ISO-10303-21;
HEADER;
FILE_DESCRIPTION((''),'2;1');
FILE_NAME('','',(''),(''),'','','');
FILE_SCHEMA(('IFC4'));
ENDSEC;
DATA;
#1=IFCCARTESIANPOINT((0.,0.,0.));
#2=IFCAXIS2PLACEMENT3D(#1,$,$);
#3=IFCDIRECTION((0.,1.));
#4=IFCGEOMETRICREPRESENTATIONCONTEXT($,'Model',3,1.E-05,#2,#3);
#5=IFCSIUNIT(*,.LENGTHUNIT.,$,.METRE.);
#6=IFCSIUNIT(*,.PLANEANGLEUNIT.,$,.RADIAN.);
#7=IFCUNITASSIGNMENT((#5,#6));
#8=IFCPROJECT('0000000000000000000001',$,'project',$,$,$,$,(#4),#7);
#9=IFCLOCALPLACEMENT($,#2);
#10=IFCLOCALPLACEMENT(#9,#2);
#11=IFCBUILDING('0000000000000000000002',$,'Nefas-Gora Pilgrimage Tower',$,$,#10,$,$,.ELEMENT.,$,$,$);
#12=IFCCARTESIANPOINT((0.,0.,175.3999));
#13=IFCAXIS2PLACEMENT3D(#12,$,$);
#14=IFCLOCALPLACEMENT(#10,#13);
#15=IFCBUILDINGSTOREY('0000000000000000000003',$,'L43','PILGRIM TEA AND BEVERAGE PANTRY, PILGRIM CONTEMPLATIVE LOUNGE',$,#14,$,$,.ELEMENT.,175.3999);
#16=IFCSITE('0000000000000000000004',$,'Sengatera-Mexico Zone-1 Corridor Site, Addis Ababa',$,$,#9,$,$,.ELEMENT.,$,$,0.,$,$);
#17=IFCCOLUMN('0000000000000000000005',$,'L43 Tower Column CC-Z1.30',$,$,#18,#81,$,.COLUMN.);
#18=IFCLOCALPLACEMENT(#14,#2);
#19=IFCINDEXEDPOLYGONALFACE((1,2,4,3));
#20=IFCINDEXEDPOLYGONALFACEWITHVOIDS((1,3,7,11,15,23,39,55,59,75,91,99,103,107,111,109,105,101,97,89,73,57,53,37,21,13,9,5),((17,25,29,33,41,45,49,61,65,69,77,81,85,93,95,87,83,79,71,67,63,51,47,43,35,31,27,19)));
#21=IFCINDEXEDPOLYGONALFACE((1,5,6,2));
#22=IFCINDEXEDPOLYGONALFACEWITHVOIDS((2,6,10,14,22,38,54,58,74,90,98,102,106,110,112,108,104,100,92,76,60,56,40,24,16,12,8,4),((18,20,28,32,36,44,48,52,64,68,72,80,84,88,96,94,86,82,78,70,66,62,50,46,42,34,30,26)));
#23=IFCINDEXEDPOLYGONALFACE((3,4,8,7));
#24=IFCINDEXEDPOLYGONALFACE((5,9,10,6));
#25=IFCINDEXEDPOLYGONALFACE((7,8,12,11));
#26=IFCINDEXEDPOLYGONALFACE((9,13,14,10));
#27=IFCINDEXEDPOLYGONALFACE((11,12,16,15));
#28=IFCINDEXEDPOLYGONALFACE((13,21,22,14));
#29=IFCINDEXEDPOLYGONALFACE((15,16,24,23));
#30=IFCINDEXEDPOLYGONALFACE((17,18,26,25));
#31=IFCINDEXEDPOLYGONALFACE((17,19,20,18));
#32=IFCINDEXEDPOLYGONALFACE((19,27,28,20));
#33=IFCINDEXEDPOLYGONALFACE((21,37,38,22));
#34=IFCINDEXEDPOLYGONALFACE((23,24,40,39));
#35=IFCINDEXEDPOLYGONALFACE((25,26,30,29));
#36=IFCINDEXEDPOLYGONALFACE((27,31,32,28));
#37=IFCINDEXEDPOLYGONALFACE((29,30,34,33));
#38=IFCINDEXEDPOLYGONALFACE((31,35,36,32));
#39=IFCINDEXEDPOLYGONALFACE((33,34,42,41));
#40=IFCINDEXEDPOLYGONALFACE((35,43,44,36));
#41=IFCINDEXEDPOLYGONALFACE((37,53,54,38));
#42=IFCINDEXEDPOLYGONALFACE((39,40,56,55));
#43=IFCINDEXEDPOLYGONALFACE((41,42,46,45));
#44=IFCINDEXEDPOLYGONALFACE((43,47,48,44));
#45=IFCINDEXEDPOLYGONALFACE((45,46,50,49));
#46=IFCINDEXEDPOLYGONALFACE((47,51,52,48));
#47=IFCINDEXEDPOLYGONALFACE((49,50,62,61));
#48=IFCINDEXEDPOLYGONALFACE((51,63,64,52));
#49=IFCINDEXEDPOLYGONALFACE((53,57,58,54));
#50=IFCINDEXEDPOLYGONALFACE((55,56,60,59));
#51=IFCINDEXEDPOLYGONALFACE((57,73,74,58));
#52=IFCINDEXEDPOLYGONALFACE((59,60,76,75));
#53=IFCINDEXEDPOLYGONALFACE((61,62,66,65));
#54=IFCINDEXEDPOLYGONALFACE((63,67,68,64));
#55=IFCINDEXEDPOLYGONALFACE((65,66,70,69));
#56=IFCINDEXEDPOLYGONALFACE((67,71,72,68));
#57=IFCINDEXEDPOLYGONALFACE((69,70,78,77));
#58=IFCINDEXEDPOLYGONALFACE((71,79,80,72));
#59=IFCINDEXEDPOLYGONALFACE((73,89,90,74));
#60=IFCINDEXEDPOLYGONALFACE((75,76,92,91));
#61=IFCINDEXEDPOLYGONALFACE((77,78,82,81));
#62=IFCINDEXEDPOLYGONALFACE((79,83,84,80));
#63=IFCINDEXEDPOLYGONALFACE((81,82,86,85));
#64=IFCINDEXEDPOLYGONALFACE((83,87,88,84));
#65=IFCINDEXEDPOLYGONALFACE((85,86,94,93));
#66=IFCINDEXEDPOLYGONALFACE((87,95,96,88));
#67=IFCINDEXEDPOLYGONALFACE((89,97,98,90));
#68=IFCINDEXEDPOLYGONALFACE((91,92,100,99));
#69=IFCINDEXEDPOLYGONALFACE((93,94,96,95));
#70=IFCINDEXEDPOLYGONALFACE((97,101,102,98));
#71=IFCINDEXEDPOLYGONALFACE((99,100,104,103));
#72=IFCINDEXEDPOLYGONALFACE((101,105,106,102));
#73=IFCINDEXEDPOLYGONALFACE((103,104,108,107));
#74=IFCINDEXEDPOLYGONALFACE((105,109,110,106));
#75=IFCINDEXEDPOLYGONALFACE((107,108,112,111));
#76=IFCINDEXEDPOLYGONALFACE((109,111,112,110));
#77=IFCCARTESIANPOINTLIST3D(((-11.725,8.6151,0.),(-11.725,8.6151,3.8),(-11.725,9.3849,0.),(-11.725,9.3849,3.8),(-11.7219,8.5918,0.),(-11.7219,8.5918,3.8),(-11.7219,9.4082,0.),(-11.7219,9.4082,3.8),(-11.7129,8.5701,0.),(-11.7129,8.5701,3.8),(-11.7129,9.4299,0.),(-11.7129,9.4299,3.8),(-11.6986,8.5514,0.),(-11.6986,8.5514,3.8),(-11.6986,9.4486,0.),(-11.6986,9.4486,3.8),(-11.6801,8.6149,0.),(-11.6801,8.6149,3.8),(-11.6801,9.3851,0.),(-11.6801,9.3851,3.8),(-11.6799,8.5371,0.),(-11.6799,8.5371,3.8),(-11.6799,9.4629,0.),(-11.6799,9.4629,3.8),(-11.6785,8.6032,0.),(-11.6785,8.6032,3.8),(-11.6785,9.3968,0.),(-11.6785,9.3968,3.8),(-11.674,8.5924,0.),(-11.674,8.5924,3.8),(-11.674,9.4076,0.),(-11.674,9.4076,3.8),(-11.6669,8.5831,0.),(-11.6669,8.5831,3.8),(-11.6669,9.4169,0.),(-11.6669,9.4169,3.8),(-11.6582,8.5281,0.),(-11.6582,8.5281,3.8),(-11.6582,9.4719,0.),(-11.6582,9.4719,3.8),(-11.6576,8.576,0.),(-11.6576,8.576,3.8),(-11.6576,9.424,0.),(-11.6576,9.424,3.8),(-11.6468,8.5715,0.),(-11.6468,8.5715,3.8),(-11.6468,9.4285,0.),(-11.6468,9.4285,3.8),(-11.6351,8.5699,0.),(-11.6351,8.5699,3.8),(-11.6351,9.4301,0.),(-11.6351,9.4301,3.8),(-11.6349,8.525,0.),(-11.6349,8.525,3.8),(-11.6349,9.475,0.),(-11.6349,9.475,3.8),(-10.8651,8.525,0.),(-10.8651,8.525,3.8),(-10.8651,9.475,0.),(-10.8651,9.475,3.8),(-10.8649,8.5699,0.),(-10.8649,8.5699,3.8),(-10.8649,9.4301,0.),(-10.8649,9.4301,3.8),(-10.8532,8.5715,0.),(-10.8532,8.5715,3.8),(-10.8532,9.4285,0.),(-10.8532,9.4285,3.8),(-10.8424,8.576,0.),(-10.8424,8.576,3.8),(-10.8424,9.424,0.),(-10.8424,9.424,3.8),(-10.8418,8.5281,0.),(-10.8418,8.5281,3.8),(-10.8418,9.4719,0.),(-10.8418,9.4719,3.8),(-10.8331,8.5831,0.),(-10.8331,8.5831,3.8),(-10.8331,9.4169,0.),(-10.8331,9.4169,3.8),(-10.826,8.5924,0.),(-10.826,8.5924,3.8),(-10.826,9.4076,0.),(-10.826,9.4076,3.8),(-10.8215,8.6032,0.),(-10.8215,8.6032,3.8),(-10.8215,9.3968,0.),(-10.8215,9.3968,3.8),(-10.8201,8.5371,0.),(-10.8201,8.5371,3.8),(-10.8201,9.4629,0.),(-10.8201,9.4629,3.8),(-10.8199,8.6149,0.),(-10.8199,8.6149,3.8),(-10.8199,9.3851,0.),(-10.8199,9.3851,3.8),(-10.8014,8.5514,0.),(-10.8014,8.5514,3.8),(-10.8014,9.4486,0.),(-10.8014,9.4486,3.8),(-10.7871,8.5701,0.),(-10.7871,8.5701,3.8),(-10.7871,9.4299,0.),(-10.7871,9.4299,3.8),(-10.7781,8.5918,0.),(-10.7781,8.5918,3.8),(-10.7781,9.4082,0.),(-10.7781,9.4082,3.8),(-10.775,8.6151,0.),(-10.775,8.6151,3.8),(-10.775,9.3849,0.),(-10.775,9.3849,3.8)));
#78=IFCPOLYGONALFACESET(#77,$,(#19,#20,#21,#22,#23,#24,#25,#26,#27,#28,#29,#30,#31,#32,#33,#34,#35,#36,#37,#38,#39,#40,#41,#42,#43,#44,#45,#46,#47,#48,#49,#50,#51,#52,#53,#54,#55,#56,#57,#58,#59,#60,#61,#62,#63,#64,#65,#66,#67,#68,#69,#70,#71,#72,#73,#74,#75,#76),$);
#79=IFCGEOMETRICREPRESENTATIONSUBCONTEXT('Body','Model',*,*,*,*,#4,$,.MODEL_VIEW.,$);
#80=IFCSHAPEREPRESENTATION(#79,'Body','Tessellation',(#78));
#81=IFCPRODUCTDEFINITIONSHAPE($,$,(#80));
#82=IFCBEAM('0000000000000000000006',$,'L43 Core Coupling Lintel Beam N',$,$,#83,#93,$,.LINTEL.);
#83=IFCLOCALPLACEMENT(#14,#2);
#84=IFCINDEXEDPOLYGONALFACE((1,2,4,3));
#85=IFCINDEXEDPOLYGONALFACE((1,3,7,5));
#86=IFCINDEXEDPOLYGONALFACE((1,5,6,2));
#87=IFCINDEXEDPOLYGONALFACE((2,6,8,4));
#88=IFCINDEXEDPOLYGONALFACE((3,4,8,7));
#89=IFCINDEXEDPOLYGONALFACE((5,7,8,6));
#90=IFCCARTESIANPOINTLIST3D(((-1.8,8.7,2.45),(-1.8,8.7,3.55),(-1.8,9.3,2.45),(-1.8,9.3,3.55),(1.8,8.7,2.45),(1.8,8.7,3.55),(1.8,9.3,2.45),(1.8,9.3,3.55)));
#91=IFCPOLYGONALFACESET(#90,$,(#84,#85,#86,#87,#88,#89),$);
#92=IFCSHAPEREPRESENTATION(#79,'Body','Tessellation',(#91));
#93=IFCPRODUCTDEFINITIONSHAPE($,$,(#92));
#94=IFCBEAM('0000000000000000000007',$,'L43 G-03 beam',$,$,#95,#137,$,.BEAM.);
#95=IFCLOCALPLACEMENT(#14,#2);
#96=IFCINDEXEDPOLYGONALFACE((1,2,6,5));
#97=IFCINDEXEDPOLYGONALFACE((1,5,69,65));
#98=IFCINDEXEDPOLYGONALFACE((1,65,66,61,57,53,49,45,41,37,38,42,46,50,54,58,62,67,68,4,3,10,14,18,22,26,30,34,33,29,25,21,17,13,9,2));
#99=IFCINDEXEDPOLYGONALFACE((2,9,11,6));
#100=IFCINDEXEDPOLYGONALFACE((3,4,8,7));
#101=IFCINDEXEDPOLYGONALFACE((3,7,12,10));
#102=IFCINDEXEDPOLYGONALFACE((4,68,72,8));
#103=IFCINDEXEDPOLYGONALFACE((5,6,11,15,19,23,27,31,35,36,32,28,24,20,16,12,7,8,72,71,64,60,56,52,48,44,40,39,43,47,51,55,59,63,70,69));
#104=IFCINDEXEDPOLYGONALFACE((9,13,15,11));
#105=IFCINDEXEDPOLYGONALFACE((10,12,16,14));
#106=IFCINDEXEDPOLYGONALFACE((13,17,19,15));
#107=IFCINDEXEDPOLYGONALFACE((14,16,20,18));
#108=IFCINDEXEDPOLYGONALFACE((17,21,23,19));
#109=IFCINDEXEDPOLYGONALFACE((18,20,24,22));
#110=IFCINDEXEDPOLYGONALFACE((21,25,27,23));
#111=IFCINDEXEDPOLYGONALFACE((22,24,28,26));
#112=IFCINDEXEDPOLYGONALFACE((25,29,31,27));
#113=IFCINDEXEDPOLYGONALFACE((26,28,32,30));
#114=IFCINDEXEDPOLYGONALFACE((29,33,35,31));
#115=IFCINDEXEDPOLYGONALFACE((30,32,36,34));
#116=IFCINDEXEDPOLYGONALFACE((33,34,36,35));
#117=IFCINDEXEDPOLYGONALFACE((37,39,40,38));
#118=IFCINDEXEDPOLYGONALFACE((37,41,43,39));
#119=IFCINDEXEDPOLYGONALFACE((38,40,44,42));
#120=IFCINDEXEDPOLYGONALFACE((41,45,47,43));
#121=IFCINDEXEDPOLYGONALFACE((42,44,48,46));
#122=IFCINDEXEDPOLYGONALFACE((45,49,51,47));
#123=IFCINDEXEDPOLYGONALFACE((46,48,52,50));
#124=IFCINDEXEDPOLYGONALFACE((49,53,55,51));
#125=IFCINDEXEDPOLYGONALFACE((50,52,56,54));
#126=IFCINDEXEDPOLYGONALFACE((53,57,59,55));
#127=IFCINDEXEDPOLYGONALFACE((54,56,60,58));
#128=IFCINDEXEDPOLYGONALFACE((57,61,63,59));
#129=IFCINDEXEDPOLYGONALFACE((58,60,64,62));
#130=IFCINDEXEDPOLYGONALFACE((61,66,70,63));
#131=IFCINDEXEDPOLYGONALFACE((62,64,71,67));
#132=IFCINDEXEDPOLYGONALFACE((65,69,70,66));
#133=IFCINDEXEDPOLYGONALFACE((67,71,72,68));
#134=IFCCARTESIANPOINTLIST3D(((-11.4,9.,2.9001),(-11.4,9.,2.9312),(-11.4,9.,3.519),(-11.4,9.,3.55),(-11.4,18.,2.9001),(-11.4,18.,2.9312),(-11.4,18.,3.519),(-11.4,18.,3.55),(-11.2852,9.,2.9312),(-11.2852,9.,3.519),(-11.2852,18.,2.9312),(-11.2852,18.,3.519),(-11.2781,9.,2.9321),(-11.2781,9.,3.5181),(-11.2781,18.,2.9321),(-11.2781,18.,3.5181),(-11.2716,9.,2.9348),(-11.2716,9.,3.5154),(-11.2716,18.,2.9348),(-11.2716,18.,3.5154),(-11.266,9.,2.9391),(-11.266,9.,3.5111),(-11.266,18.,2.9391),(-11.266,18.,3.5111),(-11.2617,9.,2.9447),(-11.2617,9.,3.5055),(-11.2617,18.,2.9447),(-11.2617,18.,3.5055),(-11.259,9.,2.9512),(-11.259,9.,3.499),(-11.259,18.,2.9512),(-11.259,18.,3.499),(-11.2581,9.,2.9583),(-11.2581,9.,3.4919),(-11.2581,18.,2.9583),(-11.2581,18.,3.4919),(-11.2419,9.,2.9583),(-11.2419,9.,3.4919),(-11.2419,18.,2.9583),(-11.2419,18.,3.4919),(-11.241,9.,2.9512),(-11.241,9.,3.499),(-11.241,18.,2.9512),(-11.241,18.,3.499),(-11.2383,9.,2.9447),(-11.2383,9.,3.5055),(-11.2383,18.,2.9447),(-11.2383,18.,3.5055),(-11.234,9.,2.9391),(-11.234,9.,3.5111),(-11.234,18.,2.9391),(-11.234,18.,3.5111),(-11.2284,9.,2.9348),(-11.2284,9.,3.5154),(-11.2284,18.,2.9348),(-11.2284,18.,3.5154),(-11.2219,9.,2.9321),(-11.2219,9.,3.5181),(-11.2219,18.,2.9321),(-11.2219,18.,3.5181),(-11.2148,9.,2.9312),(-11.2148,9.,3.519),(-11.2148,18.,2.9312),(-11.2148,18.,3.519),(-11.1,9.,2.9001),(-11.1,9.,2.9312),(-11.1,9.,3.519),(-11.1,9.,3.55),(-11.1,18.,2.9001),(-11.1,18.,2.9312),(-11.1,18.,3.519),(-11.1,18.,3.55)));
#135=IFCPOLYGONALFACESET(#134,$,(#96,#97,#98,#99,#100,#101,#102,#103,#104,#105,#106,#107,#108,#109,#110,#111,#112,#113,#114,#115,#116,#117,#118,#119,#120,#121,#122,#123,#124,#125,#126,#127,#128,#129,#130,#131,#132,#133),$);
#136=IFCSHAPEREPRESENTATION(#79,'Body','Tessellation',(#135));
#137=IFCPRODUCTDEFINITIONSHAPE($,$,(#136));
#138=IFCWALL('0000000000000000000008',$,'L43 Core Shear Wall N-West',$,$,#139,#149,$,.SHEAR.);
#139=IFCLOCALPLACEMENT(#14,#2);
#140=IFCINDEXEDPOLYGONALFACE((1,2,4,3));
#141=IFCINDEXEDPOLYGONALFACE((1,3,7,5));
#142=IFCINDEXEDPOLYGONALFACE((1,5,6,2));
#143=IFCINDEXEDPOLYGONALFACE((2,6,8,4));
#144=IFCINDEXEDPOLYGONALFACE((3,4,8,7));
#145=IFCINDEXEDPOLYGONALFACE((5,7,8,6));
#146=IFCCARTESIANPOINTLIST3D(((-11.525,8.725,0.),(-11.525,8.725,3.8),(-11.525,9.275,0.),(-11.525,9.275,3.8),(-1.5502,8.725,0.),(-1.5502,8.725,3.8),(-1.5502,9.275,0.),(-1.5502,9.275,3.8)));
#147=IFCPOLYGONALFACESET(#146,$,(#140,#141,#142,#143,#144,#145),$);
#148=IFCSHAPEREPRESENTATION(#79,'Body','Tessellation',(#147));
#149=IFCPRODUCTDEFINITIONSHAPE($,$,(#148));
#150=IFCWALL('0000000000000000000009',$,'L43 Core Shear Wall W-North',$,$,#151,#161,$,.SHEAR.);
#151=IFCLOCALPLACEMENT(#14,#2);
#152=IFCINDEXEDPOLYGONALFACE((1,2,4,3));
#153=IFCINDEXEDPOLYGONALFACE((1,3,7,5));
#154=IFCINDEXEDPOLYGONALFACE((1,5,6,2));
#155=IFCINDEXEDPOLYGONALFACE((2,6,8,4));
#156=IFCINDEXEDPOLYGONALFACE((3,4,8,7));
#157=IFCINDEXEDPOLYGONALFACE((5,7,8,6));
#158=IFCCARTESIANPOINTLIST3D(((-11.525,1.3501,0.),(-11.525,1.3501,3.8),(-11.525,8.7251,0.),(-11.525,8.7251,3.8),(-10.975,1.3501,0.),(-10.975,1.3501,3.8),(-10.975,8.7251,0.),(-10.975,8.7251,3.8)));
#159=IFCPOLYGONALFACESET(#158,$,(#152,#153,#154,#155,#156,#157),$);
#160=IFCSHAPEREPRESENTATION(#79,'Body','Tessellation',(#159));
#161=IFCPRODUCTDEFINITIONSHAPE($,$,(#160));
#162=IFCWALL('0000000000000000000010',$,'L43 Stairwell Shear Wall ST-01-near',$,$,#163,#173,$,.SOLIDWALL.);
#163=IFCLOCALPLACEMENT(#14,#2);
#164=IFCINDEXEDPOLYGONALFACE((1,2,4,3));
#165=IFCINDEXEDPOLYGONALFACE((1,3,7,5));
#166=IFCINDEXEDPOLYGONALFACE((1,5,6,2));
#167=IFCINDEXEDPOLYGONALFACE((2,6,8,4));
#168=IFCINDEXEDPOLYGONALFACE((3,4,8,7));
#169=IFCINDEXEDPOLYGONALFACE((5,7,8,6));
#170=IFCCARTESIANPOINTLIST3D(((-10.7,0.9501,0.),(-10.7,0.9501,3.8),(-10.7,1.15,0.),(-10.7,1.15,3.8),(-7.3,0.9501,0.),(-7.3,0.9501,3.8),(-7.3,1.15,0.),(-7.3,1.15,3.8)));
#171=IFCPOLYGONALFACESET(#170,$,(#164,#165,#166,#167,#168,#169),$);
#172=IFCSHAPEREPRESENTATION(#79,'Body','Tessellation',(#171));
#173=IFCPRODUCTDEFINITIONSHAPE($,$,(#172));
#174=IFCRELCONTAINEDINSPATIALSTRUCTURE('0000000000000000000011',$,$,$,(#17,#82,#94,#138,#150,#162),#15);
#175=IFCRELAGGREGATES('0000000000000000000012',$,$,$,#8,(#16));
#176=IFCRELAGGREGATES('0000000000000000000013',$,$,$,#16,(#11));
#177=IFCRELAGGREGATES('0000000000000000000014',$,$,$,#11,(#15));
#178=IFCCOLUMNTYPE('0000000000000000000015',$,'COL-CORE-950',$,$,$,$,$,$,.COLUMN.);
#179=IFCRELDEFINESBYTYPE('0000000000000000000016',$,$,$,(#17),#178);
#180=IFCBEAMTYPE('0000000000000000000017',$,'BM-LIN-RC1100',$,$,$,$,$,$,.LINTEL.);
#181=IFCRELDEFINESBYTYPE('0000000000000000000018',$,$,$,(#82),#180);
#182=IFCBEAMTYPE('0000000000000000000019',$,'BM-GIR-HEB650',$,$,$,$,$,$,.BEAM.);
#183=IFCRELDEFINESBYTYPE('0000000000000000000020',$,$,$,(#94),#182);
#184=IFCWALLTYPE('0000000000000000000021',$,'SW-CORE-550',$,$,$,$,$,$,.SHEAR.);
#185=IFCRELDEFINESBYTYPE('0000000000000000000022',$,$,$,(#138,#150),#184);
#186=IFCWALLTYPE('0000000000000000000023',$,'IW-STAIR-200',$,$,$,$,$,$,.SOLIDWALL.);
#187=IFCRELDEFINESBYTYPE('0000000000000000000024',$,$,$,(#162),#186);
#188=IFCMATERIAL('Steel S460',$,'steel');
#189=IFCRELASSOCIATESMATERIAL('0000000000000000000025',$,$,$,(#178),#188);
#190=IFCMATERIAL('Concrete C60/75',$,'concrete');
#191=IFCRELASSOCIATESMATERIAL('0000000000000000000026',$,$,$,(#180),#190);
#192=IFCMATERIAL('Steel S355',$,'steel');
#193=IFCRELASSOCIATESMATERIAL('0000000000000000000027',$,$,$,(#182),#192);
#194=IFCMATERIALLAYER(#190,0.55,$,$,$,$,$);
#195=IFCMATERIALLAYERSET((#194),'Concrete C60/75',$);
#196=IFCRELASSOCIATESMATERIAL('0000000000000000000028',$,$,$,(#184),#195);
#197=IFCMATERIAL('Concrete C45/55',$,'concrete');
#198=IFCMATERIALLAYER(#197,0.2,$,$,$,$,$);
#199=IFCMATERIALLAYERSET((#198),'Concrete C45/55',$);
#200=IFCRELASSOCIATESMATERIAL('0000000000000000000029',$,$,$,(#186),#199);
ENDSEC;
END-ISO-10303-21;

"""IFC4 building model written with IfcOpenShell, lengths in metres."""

from ifc_helpers import new_model, si_unit, direction, frame, frame_2d, origin, origin_2d, place, context, subcontext, project, spatial, rectangle, hollow_rectangle, i_section, extrude, source, transform, mapped, material, layer, layer_set, material_profile, profile_set, type_object, element, save


model = new_model("IFC4")

# Units and contexts
model_context = context("Model", 3, precision=1e-05, world=origin(), true_north=direction((0.0, 1.0)))
body_context = subcontext(model_context, "Body", "Model", "MODEL_VIEW")
ifc_project = project(units=[si_unit("LENGTHUNIT", "METRE"), si_unit("PLANEANGLEUNIT", "RADIAN")], contexts=[model_context])

# Site, building, storey
site_placement = place(None, origin())
site = spatial("IfcSite", under=ifc_project, at=site_placement, Name="Sengatera-Mexico Zone-1 Corridor Site, Addis Ababa", CompositionType="ELEMENT", RefElevation=0.0)
building_placement = place(site_placement, origin())
building = spatial("IfcBuilding", under=site, at=building_placement, Name="Nefas-Gora Pilgrimage Tower", CompositionType="ELEMENT")
storey_placement = place(building_placement, frame((0.0, 0.0, 175.3999)))
storey = spatial("IfcBuildingStorey", under=building, at=storey_placement, Name="L43", Description="PILGRIM TEA AND BEVERAGE PANTRY, PILGRIM CONTEMPLATIVE LOUNGE", CompositionType="ELEMENT", Elevation=175.3999)

# Column
ifc_material_1 = material(Name="Steel S460", Category="steel")
ifc_material_profile_1 = material_profile(ifc_material_1, hollow_rectangle(XDim=0.95, YDim=0.95, WallThickness=0.0449, InnerFilletRadius=0.0449, OuterFilletRadius=0.0901, at=origin_2d()), Name="BOX 950x950x45")
ifc_profile_set_1 = profile_set([ifc_material_profile_1], Name="Steel S460")
column_type = type_object("IfcColumnType", Name="COL-CORE-950", PredefinedType="COLUMN", material=ifc_profile_set_1)
shared_shape_1 = source(origin(), body_context, "Body", "SweptSolid", [
    extrude(hollow_rectangle(XDim=0.95, YDim=0.95, WallThickness=0.0449, InnerFilletRadius=0.0449, OuterFilletRadius=0.0901, at=origin_2d()), origin(), (0.0, 0.0, 1.0), 3.8),
])
column_placement = place(storey_placement, frame((-11.25, 9.0, 0.0), z_axis=(0.0, 0.0, 1.0), x_axis=(1.0, 0.0, 0.0)))
element("IfcColumn", 1, at=column_placement, inside=storey, type_object=column_type, Name="L43 Tower Column CC-Z1.30", PredefinedType="COLUMN", context=body_context, shape_type="MappedRepresentation", body=[
    mapped(shared_shape_1, transform((0.0, 0.0, 0.0), x_axis=(1.0, 0.0, 0.0), y_axis=(0.0, 1.0, 0.0), z_axis=(0.0, 0.0, 1.0), scale=1.0)),
])

# Beams
ifc_material_2 = material(Name="Concrete C60/75", Category="concrete")
ifc_material_profile_2 = material_profile(ifc_material_2, rectangle(XDim=0.6001, YDim=1.1001, at=origin_2d()), Name="RC 600x1100")
ifc_profile_set_2 = profile_set([ifc_material_profile_2], Name="Concrete C60/75")
beam_type_1 = type_object("IfcBeamType", Name="BM-LIN-RC1100", PredefinedType="LINTEL", material=ifc_profile_set_2)
shared_shape_2 = source(origin(), body_context, "Body", "SweptSolid", [
    extrude(rectangle(XDim=0.6001, YDim=1.1001, at=origin_2d()), origin(), (0.0, 0.0, 1.0), 3.6001),
])
beam_1_placement = place(storey_placement, frame((-1.8, 9.0, 3.0), z_axis=(1.0, 0.0, 0.0), x_axis=(0.0, 1.0, 0.0)))
element("IfcBeam", 2, at=beam_1_placement, inside=storey, type_object=beam_type_1, Name="L43 Core Coupling Lintel Beam N", PredefinedType="LINTEL", context=body_context, shape_type="MappedRepresentation", body=[
    mapped(shared_shape_2, transform((0.0, 0.0, 0.0), x_axis=(1.0, 0.0, 0.0), y_axis=(0.0, 1.0, 0.0), z_axis=(0.0, 0.0, 1.0), scale=1.0)),
])
ifc_material_3 = material(Name="Steel S355", Category="steel")
ifc_material_profile_3 = material_profile(ifc_material_3, i_section(OverallWidth=0.3, OverallDepth=0.6499, WebThickness=0.0161, FlangeThickness=0.031, FilletRadius=0.0271, at=origin_2d()), Name="HEB 650")
ifc_profile_set_3 = profile_set([ifc_material_profile_3], Name="Steel S355")
beam_type_2 = type_object("IfcBeamType", Name="BM-GIR-HEB650", PredefinedType="BEAM", material=ifc_profile_set_3)
shared_shape_3 = source(origin(), body_context, "Body", "SweptSolid", [
    extrude(i_section(OverallWidth=0.3, OverallDepth=0.6499, WebThickness=0.0161, FlangeThickness=0.031, FilletRadius=0.0271, at=origin_2d()), origin(), (0.0, 0.0, 1.0), 9.0),
])
beam_2_placement = place(storey_placement, frame((-11.25, 9.0, 3.2251), z_axis=(0.0, 1.0, 0.0), x_axis=(-1.0, 0.0, 0.0)))
element("IfcBeam", 3, at=beam_2_placement, inside=storey, type_object=beam_type_2, Name="L43 G-03 beam", PredefinedType="BEAM", context=body_context, shape_type="MappedRepresentation", body=[
    mapped(shared_shape_3, transform((0.0, 0.0, 0.0), x_axis=(1.0, 0.0, 0.0), y_axis=(0.0, 1.0, 0.0), z_axis=(0.0, 0.0, 1.0), scale=1.0)),
])

# Walls
ifc_layer_1 = layer(ifc_material_2, 0.55)
ifc_layer_set_1 = layer_set([ifc_layer_1], Name="Concrete C60/75")
wall_type_1 = type_object("IfcWallType", Name="SW-CORE-550", PredefinedType="SHEAR", material=ifc_layer_set_1)
shared_shape_4 = source(origin(), body_context, "Body", "SweptSolid", [
    extrude(rectangle(XDim=9.9749, YDim=0.55, at=frame_2d((4.9873, 0.0))), origin(), (0.0, 0.0, 1.0), 3.8),
])
wall_1_placement = place(storey_placement, frame((-11.5249, 9.0, 0.0), z_axis=(0.0, 0.0, 1.0), x_axis=(1.0, 0.0, 0.0)))
element("IfcWall", 4, at=wall_1_placement, inside=storey, type_object=wall_type_1, Name="L43 Core Shear Wall N-West", PredefinedType="SHEAR", context=body_context, shape_type="MappedRepresentation", body=[
    mapped(shared_shape_4, transform((0.0, 0.0, 0.0), x_axis=(1.0, 0.0, 0.0), y_axis=(0.0, 1.0, 0.0), z_axis=(0.0, 0.0, 1.0), scale=1.0)),
])
shared_shape_5 = source(origin(), body_context, "Body", "SweptSolid", [
    extrude(rectangle(XDim=7.375, YDim=0.55, at=frame_2d((3.6875, 0.0))), origin(), (0.0, 0.0, 1.0), 3.8),
])
wall_2_placement = place(storey_placement, frame((-11.25, 1.3501, 0.0), z_axis=(0.0, 0.0, 1.0), x_axis=(0.0, 1.0, 0.0)))
element("IfcWall", 5, at=wall_2_placement, inside=storey, type_object=wall_type_1, Name="L43 Core Shear Wall W-North", PredefinedType="SHEAR", context=body_context, shape_type="MappedRepresentation", body=[
    mapped(shared_shape_5, transform((0.0, 0.0, 0.0), x_axis=(1.0, 0.0, 0.0), y_axis=(0.0, 1.0, 0.0), z_axis=(0.0, 0.0, 1.0), scale=1.0)),
])
ifc_material_4 = material(Name="Concrete C45/55", Category="concrete")
ifc_layer_2 = layer(ifc_material_4, 0.2)
ifc_layer_set_2 = layer_set([ifc_layer_2], Name="Concrete C45/55")
wall_type_2 = type_object("IfcWallType", Name="IW-STAIR-200", PredefinedType="SOLIDWALL", material=ifc_layer_set_2)
shared_shape_6 = source(origin(), body_context, "Body", "SweptSolid", [
    extrude(rectangle(XDim=3.3999, YDim=0.2, at=frame_2d((1.7, 0.0))), origin(), (0.0, 0.0, 1.0), 3.8),
])
for number, where, z_axis, x_axis, name in (
    (6, (-7.3, 1.05, 0.0), (0.0, 0.0, 1.0), (-1.0, 0.0, 0.0), "L43 Stairwell Shear Wall ST-01-near"),
):
    element("IfcWall", number, at=place(storey_placement, frame(where, z_axis=z_axis, x_axis=x_axis)), inside=storey, type_object=wall_type_2, Name=name, PredefinedType="SOLIDWALL", context=body_context, shape_type="MappedRepresentation", body=[
        mapped(shared_shape_6, transform((0.0, 0.0, 0.0), x_axis=(1.0, 0.0, 0.0), y_axis=(0.0, 1.0, 0.0), z_axis=(0.0, 0.0, 1.0), scale=1.0)),
    ])

save(model, "model.ifc")
